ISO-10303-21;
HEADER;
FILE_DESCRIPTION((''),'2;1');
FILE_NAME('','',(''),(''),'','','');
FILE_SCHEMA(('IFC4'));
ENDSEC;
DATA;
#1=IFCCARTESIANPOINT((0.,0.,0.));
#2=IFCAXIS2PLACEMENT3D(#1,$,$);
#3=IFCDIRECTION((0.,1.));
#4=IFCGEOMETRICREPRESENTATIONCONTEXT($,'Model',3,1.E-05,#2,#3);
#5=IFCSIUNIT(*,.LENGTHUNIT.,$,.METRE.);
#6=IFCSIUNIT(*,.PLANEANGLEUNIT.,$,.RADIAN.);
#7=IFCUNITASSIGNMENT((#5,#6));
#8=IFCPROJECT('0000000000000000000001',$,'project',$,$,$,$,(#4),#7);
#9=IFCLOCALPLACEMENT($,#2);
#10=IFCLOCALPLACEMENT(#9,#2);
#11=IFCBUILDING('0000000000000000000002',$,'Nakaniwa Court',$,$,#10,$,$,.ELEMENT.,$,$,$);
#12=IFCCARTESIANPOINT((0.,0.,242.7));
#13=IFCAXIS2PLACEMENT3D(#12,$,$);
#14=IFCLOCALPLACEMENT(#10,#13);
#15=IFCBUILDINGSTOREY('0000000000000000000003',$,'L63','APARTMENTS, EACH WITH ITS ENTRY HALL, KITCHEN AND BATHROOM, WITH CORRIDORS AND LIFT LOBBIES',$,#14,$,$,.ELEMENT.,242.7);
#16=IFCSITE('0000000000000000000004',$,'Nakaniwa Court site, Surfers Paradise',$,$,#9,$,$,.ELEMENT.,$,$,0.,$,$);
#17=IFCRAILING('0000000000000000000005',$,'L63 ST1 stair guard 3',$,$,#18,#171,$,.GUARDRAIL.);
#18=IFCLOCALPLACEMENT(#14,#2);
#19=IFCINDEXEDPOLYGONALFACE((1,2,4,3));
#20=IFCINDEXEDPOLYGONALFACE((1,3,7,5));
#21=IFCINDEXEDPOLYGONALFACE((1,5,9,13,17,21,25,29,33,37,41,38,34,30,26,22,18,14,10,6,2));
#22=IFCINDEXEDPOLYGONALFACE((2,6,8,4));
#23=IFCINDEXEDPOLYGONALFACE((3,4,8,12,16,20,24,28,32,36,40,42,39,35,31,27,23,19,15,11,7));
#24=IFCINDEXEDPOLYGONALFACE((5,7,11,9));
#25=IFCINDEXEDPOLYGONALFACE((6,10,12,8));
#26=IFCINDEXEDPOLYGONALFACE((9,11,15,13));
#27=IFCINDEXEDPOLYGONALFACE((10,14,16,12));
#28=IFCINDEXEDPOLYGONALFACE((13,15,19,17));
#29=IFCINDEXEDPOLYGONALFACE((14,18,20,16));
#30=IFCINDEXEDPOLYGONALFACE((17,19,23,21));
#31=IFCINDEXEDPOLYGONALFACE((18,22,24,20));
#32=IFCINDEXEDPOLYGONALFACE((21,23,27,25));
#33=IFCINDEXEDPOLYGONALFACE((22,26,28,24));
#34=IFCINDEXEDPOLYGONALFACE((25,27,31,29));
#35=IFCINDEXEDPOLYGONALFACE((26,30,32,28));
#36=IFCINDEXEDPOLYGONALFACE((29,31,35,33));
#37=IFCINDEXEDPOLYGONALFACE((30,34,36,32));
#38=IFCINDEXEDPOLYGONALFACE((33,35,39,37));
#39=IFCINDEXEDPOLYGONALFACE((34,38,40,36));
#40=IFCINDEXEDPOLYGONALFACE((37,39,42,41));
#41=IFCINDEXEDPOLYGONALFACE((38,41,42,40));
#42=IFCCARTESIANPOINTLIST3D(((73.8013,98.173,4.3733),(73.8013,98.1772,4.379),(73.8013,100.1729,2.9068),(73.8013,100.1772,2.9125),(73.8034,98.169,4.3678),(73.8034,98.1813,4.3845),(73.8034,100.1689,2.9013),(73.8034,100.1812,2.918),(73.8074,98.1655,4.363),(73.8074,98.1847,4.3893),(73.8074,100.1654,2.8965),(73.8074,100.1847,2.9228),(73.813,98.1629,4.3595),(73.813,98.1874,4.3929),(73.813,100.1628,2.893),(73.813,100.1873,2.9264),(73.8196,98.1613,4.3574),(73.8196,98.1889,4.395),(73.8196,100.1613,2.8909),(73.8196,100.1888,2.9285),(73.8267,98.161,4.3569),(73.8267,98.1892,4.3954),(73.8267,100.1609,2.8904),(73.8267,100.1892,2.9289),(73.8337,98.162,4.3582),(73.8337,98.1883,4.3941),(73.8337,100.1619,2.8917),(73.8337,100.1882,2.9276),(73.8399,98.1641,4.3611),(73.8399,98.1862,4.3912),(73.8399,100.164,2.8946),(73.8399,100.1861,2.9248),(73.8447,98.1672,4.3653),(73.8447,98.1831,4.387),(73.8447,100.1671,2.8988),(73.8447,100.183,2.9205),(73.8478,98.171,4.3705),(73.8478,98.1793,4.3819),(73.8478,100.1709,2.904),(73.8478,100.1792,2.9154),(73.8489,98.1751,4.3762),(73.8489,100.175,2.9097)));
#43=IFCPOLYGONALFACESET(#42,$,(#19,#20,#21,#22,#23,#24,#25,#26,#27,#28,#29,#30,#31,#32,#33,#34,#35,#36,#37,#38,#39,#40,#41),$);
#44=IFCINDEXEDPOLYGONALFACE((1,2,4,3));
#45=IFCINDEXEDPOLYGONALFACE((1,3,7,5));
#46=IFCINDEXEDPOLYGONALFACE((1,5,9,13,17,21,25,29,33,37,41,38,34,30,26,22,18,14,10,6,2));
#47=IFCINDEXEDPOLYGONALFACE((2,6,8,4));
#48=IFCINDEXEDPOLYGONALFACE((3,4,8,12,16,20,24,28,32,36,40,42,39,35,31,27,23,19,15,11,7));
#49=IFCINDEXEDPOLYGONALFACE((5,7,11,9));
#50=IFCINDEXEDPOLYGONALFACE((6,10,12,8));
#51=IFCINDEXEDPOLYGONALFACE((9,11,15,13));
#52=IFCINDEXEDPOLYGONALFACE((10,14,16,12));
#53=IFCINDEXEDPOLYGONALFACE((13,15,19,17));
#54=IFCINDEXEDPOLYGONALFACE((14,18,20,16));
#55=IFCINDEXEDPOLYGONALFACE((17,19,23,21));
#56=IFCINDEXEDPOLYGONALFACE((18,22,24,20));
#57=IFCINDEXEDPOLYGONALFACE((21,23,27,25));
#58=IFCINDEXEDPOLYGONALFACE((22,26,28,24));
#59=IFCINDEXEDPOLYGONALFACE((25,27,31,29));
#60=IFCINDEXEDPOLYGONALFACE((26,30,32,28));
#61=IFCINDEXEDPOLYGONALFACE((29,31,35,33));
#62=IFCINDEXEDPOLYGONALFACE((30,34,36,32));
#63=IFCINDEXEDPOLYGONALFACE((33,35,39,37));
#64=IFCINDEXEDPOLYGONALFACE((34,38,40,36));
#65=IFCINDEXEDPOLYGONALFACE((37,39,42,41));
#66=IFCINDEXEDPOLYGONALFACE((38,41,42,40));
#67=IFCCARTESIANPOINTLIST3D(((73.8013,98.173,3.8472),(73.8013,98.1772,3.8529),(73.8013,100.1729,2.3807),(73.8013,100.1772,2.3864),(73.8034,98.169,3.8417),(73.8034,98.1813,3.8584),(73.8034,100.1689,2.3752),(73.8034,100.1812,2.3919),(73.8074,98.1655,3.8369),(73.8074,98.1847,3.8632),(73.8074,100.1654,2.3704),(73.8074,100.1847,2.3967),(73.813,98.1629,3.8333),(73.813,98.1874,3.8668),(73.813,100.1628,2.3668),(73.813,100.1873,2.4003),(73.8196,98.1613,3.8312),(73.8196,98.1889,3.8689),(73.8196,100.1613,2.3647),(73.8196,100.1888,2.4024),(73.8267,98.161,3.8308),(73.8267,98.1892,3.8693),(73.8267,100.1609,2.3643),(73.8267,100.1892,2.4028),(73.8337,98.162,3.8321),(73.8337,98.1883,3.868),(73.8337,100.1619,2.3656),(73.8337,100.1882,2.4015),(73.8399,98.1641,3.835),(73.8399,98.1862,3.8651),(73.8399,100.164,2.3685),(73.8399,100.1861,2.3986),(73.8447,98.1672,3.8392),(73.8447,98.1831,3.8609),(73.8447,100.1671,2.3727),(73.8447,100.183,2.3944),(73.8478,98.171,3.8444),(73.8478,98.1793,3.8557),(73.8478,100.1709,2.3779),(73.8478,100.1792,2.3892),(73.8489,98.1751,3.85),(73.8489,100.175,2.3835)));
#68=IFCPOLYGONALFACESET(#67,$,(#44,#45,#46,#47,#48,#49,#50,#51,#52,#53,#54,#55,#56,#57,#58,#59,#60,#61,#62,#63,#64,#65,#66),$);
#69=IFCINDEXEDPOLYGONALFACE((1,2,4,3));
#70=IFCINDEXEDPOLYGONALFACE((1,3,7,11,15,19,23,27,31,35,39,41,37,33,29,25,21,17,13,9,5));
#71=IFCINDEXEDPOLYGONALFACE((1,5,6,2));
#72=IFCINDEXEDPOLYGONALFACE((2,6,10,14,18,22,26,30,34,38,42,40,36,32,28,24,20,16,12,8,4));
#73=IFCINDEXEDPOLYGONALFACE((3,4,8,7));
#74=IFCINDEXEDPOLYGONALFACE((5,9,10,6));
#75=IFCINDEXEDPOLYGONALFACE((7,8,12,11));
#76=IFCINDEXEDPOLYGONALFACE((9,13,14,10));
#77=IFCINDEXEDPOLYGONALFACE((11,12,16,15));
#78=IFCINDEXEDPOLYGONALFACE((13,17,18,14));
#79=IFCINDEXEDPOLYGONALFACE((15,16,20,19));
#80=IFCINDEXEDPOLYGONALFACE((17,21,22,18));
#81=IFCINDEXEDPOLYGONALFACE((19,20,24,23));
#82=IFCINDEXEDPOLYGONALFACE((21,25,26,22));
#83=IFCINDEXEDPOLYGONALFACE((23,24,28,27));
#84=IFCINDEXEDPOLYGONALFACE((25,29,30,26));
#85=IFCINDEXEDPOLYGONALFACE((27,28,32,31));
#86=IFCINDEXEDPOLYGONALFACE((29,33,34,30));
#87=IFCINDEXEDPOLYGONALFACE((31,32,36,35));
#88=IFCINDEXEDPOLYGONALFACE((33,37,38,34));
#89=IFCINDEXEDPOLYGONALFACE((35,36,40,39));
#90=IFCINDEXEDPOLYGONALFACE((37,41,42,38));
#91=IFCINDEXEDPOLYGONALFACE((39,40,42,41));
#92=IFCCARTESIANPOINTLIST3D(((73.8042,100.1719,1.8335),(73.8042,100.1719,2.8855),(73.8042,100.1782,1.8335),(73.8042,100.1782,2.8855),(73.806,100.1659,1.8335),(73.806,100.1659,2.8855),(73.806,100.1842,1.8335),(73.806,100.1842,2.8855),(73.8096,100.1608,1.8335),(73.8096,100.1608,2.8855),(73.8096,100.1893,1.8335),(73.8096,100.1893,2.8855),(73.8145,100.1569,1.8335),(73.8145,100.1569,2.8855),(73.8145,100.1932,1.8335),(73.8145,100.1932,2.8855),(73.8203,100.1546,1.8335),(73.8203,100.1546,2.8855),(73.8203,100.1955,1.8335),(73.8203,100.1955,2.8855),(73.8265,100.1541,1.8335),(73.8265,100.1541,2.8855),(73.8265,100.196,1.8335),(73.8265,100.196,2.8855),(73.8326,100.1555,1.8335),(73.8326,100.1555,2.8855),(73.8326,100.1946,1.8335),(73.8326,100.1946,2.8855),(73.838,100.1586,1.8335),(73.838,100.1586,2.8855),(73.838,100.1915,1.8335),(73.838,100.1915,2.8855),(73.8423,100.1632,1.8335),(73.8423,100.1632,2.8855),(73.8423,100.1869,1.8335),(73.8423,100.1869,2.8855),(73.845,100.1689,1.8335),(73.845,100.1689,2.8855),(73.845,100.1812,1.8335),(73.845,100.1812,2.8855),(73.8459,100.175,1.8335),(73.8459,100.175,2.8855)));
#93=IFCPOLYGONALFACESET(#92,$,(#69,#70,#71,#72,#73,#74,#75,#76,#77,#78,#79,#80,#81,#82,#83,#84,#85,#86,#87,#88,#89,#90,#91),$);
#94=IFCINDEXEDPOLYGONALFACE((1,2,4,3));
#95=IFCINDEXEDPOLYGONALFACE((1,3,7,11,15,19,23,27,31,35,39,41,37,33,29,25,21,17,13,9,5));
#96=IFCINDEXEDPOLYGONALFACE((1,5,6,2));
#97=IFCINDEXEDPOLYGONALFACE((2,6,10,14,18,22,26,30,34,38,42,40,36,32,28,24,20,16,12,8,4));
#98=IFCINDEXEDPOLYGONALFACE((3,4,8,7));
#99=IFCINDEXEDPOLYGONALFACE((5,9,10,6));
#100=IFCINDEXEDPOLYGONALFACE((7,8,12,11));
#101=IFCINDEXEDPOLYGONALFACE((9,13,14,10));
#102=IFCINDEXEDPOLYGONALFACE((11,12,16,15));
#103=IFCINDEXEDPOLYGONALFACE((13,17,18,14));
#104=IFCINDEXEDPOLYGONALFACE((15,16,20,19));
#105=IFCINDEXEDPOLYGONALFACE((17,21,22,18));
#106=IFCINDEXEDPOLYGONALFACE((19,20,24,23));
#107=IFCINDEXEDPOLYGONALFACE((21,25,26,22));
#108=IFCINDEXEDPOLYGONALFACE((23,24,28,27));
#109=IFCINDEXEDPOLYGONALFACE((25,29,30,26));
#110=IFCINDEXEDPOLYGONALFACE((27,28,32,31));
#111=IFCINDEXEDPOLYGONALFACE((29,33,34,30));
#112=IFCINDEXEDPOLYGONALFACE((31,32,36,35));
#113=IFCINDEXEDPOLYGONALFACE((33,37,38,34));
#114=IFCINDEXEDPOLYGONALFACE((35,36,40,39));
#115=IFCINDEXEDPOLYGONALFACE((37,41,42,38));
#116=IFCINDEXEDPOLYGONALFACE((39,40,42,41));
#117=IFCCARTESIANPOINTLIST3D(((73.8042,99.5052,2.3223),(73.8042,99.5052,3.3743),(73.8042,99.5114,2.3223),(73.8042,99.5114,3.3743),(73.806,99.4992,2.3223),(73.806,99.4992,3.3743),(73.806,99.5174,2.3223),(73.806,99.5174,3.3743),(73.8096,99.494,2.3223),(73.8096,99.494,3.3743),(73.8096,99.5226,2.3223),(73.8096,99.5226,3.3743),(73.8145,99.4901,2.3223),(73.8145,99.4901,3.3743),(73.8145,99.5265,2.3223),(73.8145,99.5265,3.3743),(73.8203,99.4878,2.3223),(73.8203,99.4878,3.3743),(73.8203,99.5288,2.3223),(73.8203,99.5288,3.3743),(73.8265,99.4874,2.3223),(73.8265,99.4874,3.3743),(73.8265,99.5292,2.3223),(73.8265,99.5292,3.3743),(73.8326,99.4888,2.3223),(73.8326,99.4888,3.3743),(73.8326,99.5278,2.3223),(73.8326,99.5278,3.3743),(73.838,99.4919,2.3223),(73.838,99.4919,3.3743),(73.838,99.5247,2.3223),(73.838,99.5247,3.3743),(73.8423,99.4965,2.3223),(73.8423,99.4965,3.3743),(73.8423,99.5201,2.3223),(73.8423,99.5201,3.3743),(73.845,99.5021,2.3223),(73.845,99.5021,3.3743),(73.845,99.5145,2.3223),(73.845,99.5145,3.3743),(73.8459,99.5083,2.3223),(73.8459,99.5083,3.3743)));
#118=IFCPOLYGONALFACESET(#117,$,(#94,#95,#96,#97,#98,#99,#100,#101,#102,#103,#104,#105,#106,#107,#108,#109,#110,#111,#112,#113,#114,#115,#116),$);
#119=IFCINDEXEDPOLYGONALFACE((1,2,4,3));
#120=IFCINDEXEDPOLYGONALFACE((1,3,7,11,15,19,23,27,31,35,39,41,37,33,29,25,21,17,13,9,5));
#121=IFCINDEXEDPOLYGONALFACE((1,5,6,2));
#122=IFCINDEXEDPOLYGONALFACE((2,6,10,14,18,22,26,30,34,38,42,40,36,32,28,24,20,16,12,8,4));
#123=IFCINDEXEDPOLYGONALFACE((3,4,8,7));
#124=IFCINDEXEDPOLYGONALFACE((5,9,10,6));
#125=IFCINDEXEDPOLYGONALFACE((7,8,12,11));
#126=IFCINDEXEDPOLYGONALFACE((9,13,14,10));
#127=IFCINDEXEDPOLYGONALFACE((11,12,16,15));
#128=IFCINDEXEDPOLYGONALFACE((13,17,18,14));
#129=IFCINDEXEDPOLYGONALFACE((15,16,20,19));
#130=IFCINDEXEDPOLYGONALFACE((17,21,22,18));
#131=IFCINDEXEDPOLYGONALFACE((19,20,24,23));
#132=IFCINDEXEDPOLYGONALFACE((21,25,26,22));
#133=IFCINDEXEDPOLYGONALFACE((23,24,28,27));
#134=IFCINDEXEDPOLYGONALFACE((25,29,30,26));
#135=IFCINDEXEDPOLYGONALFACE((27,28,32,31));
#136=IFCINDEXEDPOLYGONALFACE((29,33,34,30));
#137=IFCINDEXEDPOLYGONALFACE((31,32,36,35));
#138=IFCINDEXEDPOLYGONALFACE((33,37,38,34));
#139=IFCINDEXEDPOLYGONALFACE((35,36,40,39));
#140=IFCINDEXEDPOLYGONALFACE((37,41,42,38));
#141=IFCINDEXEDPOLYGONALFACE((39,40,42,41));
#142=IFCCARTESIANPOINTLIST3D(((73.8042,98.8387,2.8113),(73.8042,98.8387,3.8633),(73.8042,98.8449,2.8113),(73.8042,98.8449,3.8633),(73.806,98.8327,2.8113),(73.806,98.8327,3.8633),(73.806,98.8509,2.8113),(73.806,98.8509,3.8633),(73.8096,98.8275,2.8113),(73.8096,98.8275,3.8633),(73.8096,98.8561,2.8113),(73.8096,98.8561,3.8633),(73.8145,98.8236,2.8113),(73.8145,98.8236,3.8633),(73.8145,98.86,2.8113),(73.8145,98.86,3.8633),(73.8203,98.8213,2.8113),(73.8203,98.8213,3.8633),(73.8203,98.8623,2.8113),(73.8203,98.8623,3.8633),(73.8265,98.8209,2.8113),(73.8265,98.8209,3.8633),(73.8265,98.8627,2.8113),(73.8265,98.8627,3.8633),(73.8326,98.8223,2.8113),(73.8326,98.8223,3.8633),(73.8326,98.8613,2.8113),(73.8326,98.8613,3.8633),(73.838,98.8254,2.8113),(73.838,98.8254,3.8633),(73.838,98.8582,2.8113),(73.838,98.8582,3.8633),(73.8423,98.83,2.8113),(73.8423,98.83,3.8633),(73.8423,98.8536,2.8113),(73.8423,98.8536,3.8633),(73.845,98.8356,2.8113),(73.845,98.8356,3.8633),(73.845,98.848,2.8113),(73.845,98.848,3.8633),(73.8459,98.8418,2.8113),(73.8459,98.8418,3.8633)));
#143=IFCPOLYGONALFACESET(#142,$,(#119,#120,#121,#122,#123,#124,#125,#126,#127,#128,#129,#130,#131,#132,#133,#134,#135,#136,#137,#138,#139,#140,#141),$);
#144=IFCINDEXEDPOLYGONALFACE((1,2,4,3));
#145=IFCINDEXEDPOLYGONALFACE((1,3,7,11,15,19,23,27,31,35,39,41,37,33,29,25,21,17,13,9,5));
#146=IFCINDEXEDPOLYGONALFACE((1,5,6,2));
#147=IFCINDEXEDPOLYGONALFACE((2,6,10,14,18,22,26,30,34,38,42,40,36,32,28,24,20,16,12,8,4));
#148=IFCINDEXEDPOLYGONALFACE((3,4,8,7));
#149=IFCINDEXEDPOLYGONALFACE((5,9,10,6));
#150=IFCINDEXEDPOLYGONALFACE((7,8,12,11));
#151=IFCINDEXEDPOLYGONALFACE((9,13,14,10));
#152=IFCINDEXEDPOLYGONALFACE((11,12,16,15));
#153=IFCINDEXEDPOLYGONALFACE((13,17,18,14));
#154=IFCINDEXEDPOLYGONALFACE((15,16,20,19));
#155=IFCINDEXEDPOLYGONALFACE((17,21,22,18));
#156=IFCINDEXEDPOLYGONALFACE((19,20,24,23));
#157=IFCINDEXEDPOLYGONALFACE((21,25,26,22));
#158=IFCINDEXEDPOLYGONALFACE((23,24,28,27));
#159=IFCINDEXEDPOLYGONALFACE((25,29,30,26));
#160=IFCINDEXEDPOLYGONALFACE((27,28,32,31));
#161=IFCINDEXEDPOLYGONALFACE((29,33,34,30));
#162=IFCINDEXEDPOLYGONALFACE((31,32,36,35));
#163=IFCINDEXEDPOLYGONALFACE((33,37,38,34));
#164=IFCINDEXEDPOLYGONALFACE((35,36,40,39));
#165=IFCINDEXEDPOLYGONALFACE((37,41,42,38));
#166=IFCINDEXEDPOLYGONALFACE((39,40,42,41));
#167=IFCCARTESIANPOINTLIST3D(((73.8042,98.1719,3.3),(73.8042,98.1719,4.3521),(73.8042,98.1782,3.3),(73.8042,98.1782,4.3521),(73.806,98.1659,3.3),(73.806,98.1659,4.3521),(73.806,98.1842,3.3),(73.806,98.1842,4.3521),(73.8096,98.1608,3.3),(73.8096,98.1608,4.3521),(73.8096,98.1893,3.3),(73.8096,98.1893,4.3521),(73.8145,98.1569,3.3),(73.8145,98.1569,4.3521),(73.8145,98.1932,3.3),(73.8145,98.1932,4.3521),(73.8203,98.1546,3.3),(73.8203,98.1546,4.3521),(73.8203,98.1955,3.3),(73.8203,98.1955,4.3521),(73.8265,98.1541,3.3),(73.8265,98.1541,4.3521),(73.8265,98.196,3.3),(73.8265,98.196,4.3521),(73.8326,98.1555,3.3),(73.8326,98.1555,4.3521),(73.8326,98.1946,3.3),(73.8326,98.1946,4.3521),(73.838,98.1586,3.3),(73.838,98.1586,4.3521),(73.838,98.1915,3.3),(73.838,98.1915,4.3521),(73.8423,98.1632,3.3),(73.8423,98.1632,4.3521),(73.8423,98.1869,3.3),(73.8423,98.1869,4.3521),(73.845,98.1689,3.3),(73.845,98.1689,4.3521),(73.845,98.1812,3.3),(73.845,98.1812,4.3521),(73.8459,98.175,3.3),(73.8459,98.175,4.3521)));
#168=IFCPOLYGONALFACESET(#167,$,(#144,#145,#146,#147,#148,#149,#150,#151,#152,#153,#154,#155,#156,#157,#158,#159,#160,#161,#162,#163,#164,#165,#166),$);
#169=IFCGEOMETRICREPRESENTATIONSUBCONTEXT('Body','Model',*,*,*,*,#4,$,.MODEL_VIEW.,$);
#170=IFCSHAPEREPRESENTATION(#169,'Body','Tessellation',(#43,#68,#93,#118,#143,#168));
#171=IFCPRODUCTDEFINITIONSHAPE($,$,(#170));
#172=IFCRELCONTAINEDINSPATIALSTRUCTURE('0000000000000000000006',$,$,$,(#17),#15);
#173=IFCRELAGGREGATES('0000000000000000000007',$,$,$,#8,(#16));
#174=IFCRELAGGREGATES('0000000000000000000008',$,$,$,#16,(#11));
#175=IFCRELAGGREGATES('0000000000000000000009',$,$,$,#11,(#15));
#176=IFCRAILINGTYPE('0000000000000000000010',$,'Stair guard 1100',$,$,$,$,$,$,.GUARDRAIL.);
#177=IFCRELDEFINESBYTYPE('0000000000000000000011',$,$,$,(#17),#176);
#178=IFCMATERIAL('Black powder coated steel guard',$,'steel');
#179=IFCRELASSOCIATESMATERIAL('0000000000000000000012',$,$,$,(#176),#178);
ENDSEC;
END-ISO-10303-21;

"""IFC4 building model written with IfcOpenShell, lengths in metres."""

from ifc_helpers import new_model, si_unit, direction, frame, origin, origin_2d, place, context, subcontext, project, spatial, circle, extrude, material, type_object, element, save


model = new_model("IFC4")

# Units and contexts
model_context = context("Model", 3, precision=1e-05, world=origin(), true_north=direction((0.0, 1.0)))
body_context = subcontext(model_context, "Body", "Model", "MODEL_VIEW")
ifc_project = project(units=[si_unit("LENGTHUNIT", "METRE"), si_unit("PLANEANGLEUNIT", "RADIAN")], contexts=[model_context])

# Site, building, storey
site_placement = place(None, origin())
site = spatial("IfcSite", under=ifc_project, at=site_placement, Name="Nakaniwa Court site, Surfers Paradise", CompositionType="ELEMENT", RefElevation=0.0)
building_placement = place(site_placement, origin())
building = spatial("IfcBuilding", under=site, at=building_placement, Name="Nakaniwa Court", CompositionType="ELEMENT")
storey_placement = place(building_placement, frame((0.0, 0.0, 242.7)))
storey = spatial("IfcBuildingStorey", under=building, at=storey_placement, Name="L63", Description="APARTMENTS, EACH WITH ITS ENTRY HALL, KITCHEN AND BATHROOM, WITH CORRIDORS AND LIFT LOBBIES", CompositionType="ELEMENT", Elevation=242.7)

# Railing
ifc_material_1 = material(Name="Black powder coated steel guard", Category="steel")
railing_type_1 = type_object("IfcRailingType", Name="Stair guard 1100", PredefinedType="GUARDRAIL", material=ifc_material_1)
railing_1_placement = place(storey_placement, frame((73.825, 100.175, 1.8335)))
element("IfcRailing", 1, at=railing_1_placement, inside=storey, type_object=railing_type_1, Name="L63 ST1 stair guard 3", PredefinedType="GUARDRAIL", context=body_context, shape_type="SweptSolid", body=[
    extrude(circle(Radius=0.0239, at=origin_2d()), frame((0.0, 0.0, 1.0762), z_axis=(0.0, -0.806427, 0.591334), x_axis=(1.0, 0.0, 0.0)), (0.0, 0.0, 1.0), 2.48),
    extrude(circle(Radius=0.0239, at=origin_2d()), frame((0.0, 0.0, 0.55), z_axis=(0.0, -0.806427, 0.591334), x_axis=(1.0, 0.0, 0.0)), (0.0, 0.0, 1.0), 2.48),
    extrude(circle(Radius=0.021, at=origin_2d()), origin(), (0.0, 0.0, 1.0), 1.052),
    extrude(circle(Radius=0.021, at=origin_2d()), frame((0.0, -0.6667, 0.4888)), (0.0, 0.0, 1.0), 1.052),
    extrude(circle(Radius=0.021, at=origin_2d()), frame((0.0, -1.3333, 0.9778)), (0.0, 0.0, 1.0), 1.052),
    extrude(circle(Radius=0.021, at=origin_2d()), frame((0.0, -2.0, 1.4666)), (0.0, 0.0, 1.0), 1.052),
])

save(model, "model.ifc")
